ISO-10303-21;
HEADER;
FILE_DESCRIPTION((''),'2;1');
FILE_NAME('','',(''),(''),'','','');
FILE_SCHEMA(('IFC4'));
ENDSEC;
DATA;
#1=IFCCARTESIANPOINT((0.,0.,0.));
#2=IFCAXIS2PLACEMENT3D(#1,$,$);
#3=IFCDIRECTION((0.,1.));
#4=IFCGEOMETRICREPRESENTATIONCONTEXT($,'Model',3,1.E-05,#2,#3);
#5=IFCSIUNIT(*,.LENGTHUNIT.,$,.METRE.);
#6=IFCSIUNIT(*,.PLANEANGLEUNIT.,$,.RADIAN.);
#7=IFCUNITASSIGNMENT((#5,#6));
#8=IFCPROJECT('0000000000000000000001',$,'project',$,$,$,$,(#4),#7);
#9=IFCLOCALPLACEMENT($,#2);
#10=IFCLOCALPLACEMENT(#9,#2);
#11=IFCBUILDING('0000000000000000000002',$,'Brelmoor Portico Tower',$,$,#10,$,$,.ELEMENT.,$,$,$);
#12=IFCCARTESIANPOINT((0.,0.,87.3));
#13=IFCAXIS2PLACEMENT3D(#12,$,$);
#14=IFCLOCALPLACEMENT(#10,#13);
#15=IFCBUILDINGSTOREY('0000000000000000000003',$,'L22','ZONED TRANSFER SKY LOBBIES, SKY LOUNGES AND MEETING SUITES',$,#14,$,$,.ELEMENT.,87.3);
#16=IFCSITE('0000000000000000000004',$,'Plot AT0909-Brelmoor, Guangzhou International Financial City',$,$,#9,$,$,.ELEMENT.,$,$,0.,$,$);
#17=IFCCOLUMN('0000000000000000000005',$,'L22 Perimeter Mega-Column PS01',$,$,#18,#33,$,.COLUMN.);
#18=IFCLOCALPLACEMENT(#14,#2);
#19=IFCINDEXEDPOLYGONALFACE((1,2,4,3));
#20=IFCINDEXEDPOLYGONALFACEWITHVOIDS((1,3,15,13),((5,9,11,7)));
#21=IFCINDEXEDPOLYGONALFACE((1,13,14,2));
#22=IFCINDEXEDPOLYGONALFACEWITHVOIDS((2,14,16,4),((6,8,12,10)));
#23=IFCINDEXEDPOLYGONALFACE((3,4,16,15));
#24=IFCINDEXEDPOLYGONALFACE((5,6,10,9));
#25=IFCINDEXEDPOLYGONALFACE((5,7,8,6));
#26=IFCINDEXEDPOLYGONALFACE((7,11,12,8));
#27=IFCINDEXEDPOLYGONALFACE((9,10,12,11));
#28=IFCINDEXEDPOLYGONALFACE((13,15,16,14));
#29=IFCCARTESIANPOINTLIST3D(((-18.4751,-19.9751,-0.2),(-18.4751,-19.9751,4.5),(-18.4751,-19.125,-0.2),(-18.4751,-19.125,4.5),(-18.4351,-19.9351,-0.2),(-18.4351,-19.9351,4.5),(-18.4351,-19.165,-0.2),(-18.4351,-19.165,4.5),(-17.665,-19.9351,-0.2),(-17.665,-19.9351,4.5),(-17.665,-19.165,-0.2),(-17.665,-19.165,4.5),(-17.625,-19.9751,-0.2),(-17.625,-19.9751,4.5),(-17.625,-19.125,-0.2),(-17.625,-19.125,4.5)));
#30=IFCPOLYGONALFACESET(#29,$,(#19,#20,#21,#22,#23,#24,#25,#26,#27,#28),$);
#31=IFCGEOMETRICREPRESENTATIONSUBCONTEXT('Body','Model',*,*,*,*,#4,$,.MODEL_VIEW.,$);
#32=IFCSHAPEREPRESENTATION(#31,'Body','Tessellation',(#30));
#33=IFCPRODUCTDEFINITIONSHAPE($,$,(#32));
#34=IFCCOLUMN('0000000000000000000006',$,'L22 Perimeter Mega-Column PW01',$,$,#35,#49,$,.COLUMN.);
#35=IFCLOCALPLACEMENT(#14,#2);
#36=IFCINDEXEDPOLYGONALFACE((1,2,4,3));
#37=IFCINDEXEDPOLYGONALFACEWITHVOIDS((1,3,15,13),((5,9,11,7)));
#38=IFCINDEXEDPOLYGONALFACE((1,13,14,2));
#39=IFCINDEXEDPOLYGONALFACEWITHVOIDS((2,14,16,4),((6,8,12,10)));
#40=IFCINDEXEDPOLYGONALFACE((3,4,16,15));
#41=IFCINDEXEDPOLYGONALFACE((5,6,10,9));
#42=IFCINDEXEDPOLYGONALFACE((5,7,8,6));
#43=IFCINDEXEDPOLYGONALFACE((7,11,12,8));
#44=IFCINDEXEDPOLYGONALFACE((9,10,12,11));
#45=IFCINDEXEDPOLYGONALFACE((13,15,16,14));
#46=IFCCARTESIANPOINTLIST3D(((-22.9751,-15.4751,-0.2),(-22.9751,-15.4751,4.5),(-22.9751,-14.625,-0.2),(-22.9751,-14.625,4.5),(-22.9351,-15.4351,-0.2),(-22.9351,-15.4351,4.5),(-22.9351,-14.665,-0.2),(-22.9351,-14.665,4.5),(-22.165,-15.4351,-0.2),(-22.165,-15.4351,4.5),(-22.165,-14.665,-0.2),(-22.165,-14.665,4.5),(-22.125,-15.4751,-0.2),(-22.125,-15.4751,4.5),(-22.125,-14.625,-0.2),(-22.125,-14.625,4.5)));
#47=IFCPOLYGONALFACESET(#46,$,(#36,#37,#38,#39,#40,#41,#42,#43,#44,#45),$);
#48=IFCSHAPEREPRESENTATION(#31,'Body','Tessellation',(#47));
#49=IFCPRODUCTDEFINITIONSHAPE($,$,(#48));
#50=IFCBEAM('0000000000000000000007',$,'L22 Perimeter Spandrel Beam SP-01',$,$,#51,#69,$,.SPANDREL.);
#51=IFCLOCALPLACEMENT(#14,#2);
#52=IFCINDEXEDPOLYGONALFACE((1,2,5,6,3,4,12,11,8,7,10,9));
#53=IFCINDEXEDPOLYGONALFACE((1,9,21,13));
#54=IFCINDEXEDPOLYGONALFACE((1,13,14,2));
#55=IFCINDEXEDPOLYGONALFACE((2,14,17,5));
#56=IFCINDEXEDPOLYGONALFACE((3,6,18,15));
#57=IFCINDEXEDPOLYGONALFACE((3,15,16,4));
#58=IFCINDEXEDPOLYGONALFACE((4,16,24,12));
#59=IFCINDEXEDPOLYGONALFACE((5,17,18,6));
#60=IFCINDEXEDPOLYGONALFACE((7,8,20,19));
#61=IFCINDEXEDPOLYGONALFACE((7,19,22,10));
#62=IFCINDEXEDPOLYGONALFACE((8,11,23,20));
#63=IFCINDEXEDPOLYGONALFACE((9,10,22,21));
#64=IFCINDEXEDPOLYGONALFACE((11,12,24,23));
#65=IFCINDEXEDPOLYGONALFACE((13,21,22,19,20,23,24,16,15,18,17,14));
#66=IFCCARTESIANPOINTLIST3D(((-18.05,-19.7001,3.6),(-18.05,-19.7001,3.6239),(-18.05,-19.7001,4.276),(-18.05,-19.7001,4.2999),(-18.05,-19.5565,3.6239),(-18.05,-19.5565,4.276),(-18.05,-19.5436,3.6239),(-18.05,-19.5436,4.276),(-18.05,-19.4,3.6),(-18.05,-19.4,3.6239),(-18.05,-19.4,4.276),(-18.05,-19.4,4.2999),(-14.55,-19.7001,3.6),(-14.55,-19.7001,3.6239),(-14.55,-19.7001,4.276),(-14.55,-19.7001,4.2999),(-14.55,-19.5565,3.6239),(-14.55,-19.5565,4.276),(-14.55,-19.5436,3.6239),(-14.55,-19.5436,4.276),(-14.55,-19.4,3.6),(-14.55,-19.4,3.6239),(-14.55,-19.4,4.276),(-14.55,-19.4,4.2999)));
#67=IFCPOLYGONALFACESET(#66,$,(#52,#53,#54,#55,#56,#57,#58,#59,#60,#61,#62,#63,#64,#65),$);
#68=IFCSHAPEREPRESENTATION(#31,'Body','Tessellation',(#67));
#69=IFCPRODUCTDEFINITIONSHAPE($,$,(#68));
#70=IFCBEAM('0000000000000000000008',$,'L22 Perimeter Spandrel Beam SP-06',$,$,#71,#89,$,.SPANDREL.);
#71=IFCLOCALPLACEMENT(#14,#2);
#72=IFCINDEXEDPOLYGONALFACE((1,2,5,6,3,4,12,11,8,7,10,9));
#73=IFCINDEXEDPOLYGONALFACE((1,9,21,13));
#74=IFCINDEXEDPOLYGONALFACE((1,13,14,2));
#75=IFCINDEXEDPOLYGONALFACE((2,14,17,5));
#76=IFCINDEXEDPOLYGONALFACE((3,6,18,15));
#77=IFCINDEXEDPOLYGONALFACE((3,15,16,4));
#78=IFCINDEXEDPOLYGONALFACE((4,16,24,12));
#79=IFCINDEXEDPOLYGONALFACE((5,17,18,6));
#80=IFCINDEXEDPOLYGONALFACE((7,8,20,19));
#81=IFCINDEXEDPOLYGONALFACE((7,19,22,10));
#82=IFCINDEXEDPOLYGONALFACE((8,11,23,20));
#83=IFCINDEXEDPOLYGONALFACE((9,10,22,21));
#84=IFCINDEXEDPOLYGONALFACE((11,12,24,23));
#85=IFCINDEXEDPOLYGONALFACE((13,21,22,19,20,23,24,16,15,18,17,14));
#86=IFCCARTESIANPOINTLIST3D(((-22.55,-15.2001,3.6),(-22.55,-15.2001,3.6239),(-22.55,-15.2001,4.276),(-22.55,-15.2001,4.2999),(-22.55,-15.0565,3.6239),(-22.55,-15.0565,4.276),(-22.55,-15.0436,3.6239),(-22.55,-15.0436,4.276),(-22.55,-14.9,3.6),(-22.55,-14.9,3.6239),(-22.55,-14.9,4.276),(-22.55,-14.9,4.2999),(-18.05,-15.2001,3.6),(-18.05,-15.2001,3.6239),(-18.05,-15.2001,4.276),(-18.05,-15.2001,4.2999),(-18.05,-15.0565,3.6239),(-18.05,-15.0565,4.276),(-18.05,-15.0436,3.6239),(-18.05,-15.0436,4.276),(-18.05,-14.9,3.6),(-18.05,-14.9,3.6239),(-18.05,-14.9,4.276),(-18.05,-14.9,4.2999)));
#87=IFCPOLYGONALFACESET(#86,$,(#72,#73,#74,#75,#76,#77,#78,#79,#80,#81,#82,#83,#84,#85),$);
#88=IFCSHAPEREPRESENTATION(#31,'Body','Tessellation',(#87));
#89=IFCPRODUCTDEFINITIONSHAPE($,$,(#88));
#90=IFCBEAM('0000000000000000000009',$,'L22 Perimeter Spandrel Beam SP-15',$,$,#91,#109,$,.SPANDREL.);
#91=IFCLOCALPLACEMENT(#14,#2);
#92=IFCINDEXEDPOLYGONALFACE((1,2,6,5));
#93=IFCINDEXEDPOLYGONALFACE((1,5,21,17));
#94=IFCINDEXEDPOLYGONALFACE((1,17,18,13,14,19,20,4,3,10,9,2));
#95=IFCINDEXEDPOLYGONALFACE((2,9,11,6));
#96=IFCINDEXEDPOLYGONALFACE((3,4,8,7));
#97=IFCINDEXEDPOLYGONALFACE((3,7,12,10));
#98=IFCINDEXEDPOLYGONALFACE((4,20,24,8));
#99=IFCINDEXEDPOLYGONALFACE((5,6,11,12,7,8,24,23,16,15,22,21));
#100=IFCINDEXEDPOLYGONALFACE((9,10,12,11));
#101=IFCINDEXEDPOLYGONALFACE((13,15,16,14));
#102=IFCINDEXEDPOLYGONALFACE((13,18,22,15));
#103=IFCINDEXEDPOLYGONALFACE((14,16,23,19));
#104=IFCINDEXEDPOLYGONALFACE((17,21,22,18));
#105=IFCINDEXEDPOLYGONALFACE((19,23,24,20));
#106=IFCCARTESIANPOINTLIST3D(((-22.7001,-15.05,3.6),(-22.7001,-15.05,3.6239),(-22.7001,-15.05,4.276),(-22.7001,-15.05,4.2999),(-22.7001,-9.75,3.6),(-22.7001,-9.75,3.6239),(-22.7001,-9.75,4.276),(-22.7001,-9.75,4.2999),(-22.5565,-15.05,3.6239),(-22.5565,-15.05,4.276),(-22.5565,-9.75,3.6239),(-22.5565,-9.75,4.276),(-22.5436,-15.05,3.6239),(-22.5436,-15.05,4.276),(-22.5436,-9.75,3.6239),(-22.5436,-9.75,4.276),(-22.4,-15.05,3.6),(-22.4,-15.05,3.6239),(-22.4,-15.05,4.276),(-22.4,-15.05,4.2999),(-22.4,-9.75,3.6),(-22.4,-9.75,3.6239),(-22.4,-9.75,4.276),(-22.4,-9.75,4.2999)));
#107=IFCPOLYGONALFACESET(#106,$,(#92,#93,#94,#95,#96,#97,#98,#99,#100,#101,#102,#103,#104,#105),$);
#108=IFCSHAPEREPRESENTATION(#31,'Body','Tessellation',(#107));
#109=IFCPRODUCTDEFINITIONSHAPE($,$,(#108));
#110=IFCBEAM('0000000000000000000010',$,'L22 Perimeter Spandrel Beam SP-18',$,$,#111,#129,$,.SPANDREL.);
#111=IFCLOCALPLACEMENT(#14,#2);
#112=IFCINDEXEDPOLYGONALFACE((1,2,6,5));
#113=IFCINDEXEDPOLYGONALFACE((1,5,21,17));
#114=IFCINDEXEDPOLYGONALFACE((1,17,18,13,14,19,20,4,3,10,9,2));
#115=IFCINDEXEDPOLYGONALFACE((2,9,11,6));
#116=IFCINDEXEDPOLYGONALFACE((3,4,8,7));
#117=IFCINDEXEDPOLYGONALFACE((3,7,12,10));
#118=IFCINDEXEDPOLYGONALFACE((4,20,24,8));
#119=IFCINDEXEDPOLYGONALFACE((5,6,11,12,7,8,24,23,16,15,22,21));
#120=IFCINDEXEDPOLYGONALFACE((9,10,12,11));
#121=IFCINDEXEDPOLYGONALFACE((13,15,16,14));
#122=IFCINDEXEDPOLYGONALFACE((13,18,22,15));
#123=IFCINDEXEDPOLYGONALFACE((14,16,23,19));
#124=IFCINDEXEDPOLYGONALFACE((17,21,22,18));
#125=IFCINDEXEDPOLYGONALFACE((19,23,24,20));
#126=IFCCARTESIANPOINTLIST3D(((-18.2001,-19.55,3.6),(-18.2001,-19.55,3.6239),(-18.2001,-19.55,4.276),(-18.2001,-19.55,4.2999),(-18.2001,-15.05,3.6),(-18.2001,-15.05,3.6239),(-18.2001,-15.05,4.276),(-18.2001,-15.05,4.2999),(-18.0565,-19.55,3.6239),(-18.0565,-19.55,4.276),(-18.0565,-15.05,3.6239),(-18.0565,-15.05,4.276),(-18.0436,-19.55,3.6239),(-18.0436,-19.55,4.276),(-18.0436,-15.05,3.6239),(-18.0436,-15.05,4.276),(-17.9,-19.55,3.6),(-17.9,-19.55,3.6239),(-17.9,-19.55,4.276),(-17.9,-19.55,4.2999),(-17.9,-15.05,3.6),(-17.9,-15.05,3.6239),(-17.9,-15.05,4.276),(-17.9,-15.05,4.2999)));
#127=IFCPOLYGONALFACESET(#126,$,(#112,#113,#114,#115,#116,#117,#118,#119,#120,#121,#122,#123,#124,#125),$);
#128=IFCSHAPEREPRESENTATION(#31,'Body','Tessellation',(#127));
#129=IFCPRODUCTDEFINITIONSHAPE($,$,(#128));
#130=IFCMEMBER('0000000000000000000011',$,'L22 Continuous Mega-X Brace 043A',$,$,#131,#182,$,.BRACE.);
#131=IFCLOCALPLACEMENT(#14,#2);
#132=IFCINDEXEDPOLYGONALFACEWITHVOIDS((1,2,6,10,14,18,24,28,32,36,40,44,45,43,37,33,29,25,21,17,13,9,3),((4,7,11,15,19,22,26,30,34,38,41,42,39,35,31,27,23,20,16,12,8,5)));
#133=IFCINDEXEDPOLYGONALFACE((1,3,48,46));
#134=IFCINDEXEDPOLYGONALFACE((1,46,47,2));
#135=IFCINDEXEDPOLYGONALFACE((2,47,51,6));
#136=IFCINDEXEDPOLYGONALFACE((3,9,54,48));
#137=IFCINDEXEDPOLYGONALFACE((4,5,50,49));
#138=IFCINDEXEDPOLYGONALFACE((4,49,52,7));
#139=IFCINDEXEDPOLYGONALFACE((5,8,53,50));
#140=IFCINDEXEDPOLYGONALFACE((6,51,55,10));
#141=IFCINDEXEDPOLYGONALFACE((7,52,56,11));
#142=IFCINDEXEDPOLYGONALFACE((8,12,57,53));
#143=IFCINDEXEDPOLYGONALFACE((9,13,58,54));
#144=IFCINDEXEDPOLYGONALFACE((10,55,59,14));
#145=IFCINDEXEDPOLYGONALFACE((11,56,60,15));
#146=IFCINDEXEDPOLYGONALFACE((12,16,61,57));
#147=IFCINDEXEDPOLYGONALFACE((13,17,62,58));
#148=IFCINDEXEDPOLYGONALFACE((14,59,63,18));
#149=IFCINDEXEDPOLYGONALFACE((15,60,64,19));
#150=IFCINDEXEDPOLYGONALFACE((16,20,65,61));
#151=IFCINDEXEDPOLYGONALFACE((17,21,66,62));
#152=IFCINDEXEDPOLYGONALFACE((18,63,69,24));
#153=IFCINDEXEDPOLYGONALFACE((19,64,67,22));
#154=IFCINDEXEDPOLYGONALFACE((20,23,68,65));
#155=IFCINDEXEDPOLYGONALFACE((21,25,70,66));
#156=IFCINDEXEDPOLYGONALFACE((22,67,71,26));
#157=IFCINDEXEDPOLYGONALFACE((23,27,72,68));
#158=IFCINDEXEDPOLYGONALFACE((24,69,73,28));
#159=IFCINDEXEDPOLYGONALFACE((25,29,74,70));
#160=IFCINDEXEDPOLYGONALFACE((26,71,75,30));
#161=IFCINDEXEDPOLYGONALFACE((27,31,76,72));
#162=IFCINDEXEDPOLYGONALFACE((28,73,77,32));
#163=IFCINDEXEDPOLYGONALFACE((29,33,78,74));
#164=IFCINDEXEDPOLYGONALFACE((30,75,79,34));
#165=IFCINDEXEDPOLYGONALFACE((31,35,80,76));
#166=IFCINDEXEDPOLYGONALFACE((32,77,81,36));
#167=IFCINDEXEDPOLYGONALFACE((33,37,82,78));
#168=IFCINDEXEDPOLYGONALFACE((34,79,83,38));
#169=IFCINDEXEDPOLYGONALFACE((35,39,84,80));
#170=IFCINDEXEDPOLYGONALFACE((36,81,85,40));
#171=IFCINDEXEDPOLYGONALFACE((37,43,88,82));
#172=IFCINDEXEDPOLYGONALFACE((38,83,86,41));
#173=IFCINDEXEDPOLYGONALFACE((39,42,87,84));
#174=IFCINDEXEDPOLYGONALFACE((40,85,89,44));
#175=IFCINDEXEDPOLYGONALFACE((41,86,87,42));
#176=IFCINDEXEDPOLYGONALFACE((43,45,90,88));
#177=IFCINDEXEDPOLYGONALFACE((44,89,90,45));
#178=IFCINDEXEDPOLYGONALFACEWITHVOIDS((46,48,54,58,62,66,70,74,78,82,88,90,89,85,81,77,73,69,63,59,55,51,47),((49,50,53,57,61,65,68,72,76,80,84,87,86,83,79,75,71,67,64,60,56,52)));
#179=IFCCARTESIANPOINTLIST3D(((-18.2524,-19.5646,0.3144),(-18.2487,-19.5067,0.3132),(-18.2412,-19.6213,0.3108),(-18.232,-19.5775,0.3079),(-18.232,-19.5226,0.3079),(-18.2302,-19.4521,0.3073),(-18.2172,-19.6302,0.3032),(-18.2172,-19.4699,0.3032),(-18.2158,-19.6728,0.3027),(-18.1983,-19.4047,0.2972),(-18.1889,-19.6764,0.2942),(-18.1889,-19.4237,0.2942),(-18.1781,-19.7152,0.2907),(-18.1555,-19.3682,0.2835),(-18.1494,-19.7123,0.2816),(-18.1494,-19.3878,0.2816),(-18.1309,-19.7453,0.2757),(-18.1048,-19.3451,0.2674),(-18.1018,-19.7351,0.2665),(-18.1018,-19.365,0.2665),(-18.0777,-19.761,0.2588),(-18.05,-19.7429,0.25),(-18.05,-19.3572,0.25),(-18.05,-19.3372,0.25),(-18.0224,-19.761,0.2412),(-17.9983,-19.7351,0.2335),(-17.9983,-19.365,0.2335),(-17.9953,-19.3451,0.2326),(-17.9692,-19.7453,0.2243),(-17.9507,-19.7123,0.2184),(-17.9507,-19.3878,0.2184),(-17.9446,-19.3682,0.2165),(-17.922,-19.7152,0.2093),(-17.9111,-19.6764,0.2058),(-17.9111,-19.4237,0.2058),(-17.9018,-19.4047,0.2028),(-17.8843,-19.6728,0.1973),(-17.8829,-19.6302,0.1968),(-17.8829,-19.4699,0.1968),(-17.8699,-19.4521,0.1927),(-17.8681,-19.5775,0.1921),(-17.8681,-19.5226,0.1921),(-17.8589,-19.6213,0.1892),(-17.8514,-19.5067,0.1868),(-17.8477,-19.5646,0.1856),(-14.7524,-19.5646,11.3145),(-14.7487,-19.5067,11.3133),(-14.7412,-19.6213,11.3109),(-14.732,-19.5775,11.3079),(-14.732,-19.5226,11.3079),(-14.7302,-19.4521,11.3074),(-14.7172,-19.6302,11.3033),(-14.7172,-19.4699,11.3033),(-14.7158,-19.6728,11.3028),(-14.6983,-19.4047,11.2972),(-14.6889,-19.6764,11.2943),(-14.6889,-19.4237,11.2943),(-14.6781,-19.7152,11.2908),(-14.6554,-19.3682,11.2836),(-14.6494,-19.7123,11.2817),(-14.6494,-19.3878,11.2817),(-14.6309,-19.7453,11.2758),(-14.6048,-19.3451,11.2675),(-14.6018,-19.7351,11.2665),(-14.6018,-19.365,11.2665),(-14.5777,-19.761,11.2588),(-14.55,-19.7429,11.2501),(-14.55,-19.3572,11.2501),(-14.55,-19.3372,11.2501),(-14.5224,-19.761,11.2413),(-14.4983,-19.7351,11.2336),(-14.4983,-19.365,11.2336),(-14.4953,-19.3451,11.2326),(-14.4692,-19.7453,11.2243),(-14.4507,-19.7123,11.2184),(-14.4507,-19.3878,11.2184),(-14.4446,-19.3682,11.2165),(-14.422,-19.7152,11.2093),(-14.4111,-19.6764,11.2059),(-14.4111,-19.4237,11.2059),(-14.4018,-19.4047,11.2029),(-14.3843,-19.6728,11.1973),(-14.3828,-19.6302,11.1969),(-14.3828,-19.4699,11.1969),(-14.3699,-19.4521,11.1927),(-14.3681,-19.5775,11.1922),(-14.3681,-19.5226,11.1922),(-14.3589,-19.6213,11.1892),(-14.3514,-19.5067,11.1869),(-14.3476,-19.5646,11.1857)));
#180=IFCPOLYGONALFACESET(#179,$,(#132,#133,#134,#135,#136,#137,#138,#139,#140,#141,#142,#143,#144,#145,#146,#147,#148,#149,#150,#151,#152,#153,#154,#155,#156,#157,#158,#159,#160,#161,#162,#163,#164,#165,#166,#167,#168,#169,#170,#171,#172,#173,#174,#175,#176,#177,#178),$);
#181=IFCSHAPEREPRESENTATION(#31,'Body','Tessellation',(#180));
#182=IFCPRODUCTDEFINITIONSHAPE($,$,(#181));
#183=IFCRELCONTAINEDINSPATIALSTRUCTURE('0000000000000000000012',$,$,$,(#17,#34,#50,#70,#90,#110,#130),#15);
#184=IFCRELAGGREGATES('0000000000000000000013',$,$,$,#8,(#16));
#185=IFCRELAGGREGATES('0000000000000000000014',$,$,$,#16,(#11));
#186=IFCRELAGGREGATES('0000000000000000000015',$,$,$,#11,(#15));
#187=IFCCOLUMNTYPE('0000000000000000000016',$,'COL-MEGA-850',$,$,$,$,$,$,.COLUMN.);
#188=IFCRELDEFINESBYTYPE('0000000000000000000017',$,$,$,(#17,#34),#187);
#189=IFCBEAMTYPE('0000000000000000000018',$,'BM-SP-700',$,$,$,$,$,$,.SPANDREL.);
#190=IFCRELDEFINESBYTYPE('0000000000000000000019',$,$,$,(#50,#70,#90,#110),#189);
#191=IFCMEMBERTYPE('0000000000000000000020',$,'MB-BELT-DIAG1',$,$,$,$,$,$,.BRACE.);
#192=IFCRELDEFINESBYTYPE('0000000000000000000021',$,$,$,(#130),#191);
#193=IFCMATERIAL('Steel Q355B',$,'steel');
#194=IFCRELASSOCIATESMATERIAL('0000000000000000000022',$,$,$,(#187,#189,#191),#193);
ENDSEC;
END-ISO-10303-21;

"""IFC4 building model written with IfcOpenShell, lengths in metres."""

from ifc_helpers import new_model, si_unit, direction, frame, origin, origin_2d, place, context, subcontext, project, spatial, hollow_rectangle, hollow_circle, i_section, extrude, material, material_profile, profile_set, type_object, element, save


model = new_model("IFC4")

# Units and contexts
model_context = context("Model", 3, precision=1e-05, world=origin(), true_north=direction((0.0, 1.0)))
body_context = subcontext(model_context, "Body", "Model", "MODEL_VIEW")
ifc_project = project(units=[si_unit("LENGTHUNIT", "METRE"), si_unit("PLANEANGLEUNIT", "RADIAN")], contexts=[model_context])

# Site, building, storey
site_placement = place(None, origin())
site = spatial("IfcSite", under=ifc_project, at=site_placement, Name="Plot AT0909-Brelmoor, Guangzhou International Financial City", CompositionType="ELEMENT", RefElevation=0.0)
building_placement = place(site_placement, origin())
building = spatial("IfcBuilding", under=site, at=building_placement, Name="Brelmoor Portico Tower", CompositionType="ELEMENT")
storey_placement = place(building_placement, frame((0.0, 0.0, 87.3)))
storey = spatial("IfcBuildingStorey", under=building, at=storey_placement, Name="L22", Description="ZONED TRANSFER SKY LOBBIES, SKY LOUNGES AND MEETING SUITES", CompositionType="ELEMENT", Elevation=87.3)

# Columns
ifc_material_1 = material(Name="Steel Q355B", Category="steel")
ifc_material_profile_1 = material_profile(ifc_material_1, hollow_rectangle(XDim=0.8501, YDim=0.8501, WallThickness=0.04, at=origin_2d()), Name="BOX 850x850x40")
ifc_profile_set_1 = profile_set([ifc_material_profile_1], Name="Steel Q355B")
column_type = type_object("IfcColumnType", Name="COL-MEGA-850", PredefinedType="COLUMN", material=ifc_profile_set_1)
for number, where, z_axis, x_axis, name in (
    (1, (-18.05, -19.55, -0.2), (0.0, 0.0, 1.0), (1.0, 0.0, 0.0), "L22 Perimeter Mega-Column PS01"),
    (2, (-22.55, -15.05, -0.2), (0.0, 0.0, 1.0), (0.0, 1.0, 0.0), "L22 Perimeter Mega-Column PW01"),
):
    element("IfcColumn", number, at=place(storey_placement, frame(where, z_axis=z_axis, x_axis=x_axis)), inside=storey, type_object=column_type, Name=name, PredefinedType="COLUMN", context=body_context, shape_type="SweptSolid", body=[
        extrude(hollow_rectangle(XDim=0.8501, YDim=0.8501, WallThickness=0.04, at=origin_2d()), origin(), (0.0, 0.0, 1.0), 4.7),
    ])

# Beams
ifc_material_profile_2 = material_profile(ifc_material_1, i_section(OverallWidth=0.3, OverallDepth=0.7, WebThickness=0.0129, FlangeThickness=0.0239, at=origin_2d()), Name="HN 700x300x13x24")
ifc_profile_set_2 = profile_set([ifc_material_profile_2], Name="Steel Q355B")
beam_type = type_object("IfcBeamType", Name="BM-SP-700", PredefinedType="SPANDREL", material=ifc_profile_set_2)
beam_1_placement = place(storey_placement, frame((-18.05, -19.55, 3.95), z_axis=(1.0, 0.0, 0.0), x_axis=(0.0, 1.0, 0.0)))
element("IfcBeam", 3, at=beam_1_placement, inside=storey, type_object=beam_type, Name="L22 Perimeter Spandrel Beam SP-01", PredefinedType="SPANDREL", context=body_context, shape_type="SweptSolid", body=[
    extrude(i_section(OverallWidth=0.3, OverallDepth=0.7, WebThickness=0.0129, FlangeThickness=0.0239, at=origin_2d()), origin(), (0.0, 0.0, 1.0), 3.5),
])
beam_2_placement = place(storey_placement, frame((-22.55, -15.05, 3.95), z_axis=(1.0, 0.0, 0.0), x_axis=(0.0, 1.0, 0.0)))
element("IfcBeam", 4, at=beam_2_placement, inside=storey, type_object=beam_type, Name="L22 Perimeter Spandrel Beam SP-06", PredefinedType="SPANDREL", context=body_context, shape_type="SweptSolid", body=[
    extrude(i_section(OverallWidth=0.3, OverallDepth=0.7, WebThickness=0.0129, FlangeThickness=0.0239, at=origin_2d()), origin(), (0.0, 0.0, 1.0), 4.5),
])
beam_3_placement = place(storey_placement, frame((-22.55, -15.05, 3.95), z_axis=(0.0, 1.0, 0.0), x_axis=(-1.0, 0.0, 0.0)))
element("IfcBeam", 5, at=beam_3_placement, inside=storey, type_object=beam_type, Name="L22 Perimeter Spandrel Beam SP-15", PredefinedType="SPANDREL", context=body_context, shape_type="SweptSolid", body=[
    extrude(i_section(OverallWidth=0.3, OverallDepth=0.7, WebThickness=0.0129, FlangeThickness=0.0239, at=origin_2d()), origin(), (0.0, 0.0, 1.0), 5.3),
])
beam_4_placement = place(storey_placement, frame((-18.05, -19.55, 3.95), z_axis=(0.0, 1.0, 0.0), x_axis=(-1.0, 0.0, 0.0)))
element("IfcBeam", 6, at=beam_4_placement, inside=storey, type_object=beam_type, Name="L22 Perimeter Spandrel Beam SP-18", PredefinedType="SPANDREL", context=body_context, shape_type="SweptSolid", body=[
    extrude(i_section(OverallWidth=0.3, OverallDepth=0.7, WebThickness=0.0129, FlangeThickness=0.0239, at=origin_2d()), origin(), (0.0, 0.0, 1.0), 4.5),
])

# Member
ifc_material_profile_3 = material_profile(ifc_material_1, hollow_circle(Radius=0.2129, WallThickness=0.02, at=origin_2d()), Name="CHS 426x20")
ifc_profile_set_3 = profile_set([ifc_material_profile_3], Name="Steel Q355B")
member_type_1 = type_object("IfcMemberType", Name="MB-BELT-DIAG1", PredefinedType="BRACE", material=ifc_profile_set_3)
member_1_placement = place(storey_placement, frame((-18.05, -19.55, 0.25), z_axis=(0.303204, 0.0, 0.952926), x_axis=(0.0, 1.0, 0.0)))
element("IfcMember", 7, at=member_1_placement, inside=storey, type_object=member_type_1, Name="L22 Continuous Mega-X Brace 043A", PredefinedType="BRACE", context=body_context, shape_type="SweptSolid", body=[
    extrude(hollow_circle(Radius=0.2129, WallThickness=0.02, at=origin_2d()), origin(), (0.0, 0.0, 1.0), 11.5435),
])

save(model, "model.ifc")
